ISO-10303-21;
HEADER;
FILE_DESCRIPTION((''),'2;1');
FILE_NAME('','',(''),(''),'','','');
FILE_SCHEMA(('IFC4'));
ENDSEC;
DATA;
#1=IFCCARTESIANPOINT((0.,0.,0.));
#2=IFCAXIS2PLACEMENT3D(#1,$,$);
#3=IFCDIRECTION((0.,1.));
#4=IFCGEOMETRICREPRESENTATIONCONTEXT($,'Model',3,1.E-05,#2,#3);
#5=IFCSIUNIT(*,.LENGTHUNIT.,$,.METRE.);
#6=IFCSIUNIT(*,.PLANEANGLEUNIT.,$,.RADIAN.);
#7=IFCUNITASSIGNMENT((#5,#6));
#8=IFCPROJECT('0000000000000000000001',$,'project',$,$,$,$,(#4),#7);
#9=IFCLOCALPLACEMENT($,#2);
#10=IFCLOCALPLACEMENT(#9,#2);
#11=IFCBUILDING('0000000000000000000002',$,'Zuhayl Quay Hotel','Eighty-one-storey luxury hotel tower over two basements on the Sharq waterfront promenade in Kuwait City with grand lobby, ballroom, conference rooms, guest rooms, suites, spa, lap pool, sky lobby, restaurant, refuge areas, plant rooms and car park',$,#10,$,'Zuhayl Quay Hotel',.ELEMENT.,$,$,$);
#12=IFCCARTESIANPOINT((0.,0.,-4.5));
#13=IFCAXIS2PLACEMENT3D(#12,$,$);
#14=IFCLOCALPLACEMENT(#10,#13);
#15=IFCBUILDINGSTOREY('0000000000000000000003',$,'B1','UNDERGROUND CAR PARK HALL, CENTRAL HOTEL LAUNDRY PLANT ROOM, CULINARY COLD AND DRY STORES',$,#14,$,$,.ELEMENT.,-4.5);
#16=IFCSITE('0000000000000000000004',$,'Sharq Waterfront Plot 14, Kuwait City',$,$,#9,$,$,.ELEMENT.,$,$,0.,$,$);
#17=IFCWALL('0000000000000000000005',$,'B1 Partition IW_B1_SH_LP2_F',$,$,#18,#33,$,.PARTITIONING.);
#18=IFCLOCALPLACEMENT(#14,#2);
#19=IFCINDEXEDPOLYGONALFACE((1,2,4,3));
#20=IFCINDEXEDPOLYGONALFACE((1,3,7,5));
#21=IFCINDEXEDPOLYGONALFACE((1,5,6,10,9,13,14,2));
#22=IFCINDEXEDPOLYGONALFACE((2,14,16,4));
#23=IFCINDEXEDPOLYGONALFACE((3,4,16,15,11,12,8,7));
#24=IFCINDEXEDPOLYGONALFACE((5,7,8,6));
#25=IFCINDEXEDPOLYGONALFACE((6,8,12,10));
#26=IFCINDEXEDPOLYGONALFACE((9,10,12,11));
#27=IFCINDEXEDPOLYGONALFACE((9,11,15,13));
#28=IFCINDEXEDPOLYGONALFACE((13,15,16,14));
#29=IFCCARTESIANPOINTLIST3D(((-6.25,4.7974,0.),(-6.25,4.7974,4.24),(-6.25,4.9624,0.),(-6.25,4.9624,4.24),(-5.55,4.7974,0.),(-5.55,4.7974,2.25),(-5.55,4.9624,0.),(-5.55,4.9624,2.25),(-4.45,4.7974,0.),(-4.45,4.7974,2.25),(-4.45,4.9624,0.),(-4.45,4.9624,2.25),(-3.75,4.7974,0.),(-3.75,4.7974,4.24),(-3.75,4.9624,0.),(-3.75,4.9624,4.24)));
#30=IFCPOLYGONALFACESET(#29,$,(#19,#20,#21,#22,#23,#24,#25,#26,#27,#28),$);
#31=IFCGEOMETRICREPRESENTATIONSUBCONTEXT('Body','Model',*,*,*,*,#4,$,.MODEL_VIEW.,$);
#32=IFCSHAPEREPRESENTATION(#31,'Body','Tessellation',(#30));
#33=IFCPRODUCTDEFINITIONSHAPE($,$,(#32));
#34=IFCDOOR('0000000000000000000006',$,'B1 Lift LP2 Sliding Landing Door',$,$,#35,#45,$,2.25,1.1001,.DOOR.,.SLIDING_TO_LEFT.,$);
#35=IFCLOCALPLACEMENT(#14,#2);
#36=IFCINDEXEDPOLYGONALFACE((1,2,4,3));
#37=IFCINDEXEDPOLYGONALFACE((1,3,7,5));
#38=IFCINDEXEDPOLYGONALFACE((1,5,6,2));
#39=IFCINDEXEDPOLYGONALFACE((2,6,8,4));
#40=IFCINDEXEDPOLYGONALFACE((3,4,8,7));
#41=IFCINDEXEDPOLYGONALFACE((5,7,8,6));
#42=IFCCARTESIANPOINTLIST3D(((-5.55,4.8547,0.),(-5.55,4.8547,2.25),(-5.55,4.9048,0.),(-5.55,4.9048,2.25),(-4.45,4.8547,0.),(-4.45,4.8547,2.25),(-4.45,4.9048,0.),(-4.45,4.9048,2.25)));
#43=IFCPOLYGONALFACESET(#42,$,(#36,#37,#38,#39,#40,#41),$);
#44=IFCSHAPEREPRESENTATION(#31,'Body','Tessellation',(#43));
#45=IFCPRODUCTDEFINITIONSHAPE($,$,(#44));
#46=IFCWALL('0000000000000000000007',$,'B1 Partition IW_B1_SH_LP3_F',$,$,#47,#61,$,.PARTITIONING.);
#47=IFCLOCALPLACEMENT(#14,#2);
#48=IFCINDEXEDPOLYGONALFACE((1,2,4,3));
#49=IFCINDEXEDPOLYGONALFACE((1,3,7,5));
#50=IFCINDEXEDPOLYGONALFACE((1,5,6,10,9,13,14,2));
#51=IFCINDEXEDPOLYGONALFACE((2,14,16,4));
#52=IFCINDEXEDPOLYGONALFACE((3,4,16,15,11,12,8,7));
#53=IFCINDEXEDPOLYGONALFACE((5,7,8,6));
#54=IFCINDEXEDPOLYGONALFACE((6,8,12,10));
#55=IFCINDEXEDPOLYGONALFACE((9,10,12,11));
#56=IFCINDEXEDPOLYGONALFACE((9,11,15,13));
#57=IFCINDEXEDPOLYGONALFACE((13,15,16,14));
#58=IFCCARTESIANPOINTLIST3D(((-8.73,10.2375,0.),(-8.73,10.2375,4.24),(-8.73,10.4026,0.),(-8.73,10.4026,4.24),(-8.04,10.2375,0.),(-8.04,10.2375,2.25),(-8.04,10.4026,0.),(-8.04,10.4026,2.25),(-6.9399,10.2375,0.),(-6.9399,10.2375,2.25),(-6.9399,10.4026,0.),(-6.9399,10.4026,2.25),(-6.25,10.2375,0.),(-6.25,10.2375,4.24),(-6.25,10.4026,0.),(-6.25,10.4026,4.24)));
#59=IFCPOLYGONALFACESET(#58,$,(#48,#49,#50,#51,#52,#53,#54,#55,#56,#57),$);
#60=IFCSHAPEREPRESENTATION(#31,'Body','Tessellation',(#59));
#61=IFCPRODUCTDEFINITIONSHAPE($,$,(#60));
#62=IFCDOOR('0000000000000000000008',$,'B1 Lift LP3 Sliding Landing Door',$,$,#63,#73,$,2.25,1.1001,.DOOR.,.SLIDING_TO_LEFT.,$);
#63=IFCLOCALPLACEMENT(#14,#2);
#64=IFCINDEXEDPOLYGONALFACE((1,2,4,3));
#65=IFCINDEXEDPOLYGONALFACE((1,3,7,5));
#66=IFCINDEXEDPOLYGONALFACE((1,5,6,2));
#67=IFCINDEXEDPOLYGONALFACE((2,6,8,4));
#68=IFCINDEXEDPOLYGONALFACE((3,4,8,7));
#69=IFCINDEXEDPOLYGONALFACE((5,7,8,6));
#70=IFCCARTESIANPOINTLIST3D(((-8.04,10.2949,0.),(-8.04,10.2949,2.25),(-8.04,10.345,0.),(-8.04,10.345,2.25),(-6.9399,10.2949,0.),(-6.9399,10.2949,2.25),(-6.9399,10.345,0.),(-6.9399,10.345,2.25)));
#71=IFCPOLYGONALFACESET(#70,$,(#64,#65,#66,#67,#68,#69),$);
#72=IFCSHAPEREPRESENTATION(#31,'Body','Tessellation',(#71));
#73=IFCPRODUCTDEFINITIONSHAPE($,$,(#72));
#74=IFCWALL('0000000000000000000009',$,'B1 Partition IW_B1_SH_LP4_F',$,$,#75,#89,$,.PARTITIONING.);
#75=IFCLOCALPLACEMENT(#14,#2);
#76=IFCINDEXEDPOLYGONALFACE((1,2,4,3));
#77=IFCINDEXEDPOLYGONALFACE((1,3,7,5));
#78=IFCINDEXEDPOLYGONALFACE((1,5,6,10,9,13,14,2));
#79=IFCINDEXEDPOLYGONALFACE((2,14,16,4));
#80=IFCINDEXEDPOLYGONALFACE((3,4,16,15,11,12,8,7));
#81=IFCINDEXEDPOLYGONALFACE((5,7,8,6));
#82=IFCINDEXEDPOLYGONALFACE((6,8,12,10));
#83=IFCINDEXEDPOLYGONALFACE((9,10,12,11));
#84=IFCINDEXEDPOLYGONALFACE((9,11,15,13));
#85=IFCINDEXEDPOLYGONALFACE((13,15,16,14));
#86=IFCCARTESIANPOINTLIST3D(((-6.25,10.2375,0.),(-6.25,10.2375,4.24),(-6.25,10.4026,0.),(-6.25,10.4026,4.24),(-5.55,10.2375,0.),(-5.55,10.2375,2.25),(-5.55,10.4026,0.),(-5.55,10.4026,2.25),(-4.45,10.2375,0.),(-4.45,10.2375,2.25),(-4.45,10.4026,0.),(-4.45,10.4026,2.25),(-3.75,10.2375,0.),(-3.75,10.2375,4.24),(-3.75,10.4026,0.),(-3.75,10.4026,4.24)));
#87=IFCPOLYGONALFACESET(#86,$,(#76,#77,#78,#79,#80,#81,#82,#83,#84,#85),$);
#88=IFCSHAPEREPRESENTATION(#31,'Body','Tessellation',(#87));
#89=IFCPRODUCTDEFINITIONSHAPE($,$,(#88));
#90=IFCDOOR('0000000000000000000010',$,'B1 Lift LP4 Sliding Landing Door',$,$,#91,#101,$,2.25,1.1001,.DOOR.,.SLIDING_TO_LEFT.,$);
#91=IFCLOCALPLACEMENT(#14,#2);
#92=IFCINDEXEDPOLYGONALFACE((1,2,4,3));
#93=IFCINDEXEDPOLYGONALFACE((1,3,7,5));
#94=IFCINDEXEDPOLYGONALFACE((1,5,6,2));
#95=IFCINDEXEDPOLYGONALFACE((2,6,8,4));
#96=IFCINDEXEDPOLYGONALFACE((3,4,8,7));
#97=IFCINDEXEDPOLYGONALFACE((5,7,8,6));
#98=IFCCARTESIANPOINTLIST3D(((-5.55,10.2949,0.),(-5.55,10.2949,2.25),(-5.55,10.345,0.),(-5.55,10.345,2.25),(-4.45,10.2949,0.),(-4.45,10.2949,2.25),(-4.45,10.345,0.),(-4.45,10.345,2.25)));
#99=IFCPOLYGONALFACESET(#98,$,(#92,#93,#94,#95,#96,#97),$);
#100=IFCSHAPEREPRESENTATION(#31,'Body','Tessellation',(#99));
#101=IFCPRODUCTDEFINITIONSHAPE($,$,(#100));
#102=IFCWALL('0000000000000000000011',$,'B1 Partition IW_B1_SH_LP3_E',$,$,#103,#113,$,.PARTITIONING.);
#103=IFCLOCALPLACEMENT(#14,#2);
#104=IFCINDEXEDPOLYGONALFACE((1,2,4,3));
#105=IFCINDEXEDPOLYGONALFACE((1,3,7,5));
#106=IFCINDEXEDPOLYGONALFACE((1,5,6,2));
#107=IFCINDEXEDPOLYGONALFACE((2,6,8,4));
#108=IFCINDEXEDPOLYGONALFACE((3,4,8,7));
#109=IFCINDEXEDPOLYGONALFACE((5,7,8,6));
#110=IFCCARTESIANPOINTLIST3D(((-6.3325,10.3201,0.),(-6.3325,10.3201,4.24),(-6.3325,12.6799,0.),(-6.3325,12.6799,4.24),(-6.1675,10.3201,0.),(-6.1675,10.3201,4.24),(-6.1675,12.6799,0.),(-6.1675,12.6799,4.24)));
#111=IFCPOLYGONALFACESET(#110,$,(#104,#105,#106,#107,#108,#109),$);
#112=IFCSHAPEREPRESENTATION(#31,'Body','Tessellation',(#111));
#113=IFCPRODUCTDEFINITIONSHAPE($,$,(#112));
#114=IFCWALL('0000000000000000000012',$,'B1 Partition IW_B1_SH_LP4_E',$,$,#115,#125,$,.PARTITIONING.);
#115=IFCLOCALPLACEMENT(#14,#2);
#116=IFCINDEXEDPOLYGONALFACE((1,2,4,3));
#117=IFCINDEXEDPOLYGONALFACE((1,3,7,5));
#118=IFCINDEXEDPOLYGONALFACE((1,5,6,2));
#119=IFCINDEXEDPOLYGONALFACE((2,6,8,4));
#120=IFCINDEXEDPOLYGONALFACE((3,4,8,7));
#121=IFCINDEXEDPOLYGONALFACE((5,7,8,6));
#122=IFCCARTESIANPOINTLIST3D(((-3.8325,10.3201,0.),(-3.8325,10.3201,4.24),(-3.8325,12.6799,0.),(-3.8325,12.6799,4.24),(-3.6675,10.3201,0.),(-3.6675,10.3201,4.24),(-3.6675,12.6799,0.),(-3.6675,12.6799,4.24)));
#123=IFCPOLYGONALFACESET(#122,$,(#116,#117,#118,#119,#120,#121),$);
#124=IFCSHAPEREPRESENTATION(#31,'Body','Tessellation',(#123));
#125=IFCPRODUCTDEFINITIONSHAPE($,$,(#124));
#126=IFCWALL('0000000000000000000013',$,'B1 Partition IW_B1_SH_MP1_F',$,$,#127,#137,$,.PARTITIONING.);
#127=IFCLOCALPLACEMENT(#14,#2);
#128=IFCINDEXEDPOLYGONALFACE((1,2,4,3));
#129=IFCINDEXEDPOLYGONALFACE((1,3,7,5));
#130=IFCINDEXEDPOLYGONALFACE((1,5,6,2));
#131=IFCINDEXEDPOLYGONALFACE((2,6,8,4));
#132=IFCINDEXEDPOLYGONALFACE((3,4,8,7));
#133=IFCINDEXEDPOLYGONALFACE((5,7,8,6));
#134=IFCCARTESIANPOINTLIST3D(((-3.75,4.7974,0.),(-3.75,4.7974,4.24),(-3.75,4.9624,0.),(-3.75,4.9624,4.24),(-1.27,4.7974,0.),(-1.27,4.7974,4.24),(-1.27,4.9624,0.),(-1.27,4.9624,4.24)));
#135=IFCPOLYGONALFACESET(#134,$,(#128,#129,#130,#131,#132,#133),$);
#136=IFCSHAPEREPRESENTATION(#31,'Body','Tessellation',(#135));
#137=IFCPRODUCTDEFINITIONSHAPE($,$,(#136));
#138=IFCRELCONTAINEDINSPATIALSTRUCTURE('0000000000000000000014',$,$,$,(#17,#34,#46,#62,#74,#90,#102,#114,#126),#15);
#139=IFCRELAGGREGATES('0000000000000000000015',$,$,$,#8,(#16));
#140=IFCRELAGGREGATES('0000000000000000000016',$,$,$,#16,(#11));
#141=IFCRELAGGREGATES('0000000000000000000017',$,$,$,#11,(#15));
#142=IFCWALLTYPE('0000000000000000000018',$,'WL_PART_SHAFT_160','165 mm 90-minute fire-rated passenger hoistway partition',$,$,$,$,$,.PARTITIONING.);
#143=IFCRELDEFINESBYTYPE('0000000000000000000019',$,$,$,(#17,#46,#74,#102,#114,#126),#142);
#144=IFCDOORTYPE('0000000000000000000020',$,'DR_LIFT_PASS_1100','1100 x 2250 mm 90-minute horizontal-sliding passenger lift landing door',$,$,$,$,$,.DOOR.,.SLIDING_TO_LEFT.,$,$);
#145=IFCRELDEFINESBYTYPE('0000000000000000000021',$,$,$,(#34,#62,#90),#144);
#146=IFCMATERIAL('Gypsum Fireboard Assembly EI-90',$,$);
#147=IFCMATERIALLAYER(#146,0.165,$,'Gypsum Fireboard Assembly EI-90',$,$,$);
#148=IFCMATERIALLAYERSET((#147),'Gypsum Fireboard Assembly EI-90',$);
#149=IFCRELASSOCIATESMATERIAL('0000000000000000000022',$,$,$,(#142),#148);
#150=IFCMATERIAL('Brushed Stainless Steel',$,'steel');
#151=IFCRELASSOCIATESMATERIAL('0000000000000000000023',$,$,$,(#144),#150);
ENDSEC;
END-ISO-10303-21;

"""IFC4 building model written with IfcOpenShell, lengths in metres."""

from ifc_helpers import new_model, si_unit, direction, frame, frame_2d, origin, place, context, subcontext, project, spatial, rectangle, extrude, material, layer, layer_set, type_object, element, fill, save


model = new_model("IFC4")

# Units and contexts
model_context = context("Model", 3, precision=1e-05, world=origin(), true_north=direction((0.0, 1.0)))
body_context = subcontext(model_context, "Body", "Model", "MODEL_VIEW")
ifc_project = project(units=[si_unit("LENGTHUNIT", "METRE"), si_unit("PLANEANGLEUNIT", "RADIAN")], contexts=[model_context])

# Site, building, storey
site_placement = place(None, origin())
site = spatial("IfcSite", under=ifc_project, at=site_placement, Name="Sharq Waterfront Plot 14, Kuwait City", CompositionType="ELEMENT", RefElevation=0.0)
building_placement = place(site_placement, origin())
building = spatial("IfcBuilding", under=site, at=building_placement, Name="Zuhayl Quay Hotel", Description="Eighty-one-storey luxury hotel tower over two basements on the Sharq waterfront promenade in Kuwait City with grand lobby, ballroom, conference rooms, guest rooms, suites, spa, lap pool, sky lobby, restaurant, refuge areas, plant rooms and car park", LongName="Zuhayl Quay Hotel", CompositionType="ELEMENT")
storey_placement = place(building_placement, frame((0.0, 0.0, -4.5)))
storey = spatial("IfcBuildingStorey", under=building, at=storey_placement, Name="B1", Description="UNDERGROUND CAR PARK HALL, CENTRAL HOTEL LAUNDRY PLANT ROOM, CULINARY COLD AND DRY STORES", CompositionType="ELEMENT", Elevation=-4.5)

# Walls, openings, doors
ifc_material_1 = material(Name="Gypsum Fireboard Assembly EI-90")
ifc_layer_1 = layer(ifc_material_1, 0.165, Name="Gypsum Fireboard Assembly EI-90")
ifc_layer_set_1 = layer_set([ifc_layer_1], Name="Gypsum Fireboard Assembly EI-90")
wall_type_1 = type_object("IfcWallType", Name="WL_PART_SHAFT_160", Description="165 mm 90-minute fire-rated passenger hoistway partition", PredefinedType="PARTITIONING", material=ifc_layer_set_1)
ifc_material_2 = material(Name="Brushed Stainless Steel", Category="steel")
door_type_1 = type_object("IfcDoorType", Name="DR_LIFT_PASS_1100", Description="1100 x 2250 mm 90-minute horizontal-sliding passenger lift landing door", OperationType="SLIDING_TO_LEFT", PredefinedType="DOOR", material=ifc_material_2)
wall_1_placement = place(storey_placement, frame((-6.25, 4.8799, 0.0), z_axis=(0.0, 0.0, 1.0), x_axis=(1.0, 0.0, 0.0)))
wall_1 = element("IfcWall", 1, at=wall_1_placement, inside=storey, type_object=wall_type_1, Name="B1 Partition IW_B1_SH_LP2_F", PredefinedType="PARTITIONING", context=body_context, shape_type="SweptSolid", body=[
    extrude(rectangle(XDim=2.5, YDim=0.165, at=frame_2d((1.25, 0.0))), origin(), (0.0, 0.0, 1.0), 4.24),
])
opening_1_placement = place(wall_1_placement, frame((0.7, 0.0, 0.0)))
opening_1 = element("IfcOpeningElement", 2, at=opening_1_placement, cuts=wall_1, PredefinedType="OPENING", context=body_context, shape_type="SweptSolid", body=[
    extrude(rectangle(XDim=1.1001, YDim=2.25, at=frame_2d((0.55, 1.125))), frame((0.0, 0.0925, 0.0), z_axis=(0.0, -1.0, 0.0), x_axis=(1.0, 0.0, 0.0)), (0.0, 0.0, 1.0), 0.1851),
])
door_1_placement = place(opening_1_placement, origin())
door_1 = element("IfcDoor", 3, at=door_1_placement, inside=storey, type_object=door_type_1, Name="B1 Lift LP2 Sliding Landing Door", OperationType="SLIDING_TO_LEFT", OverallHeight=2.25, OverallWidth=1.1001, PredefinedType="DOOR", context=body_context, shape_type="SweptSolid", body=[
    extrude(rectangle(XDim=1.1001, YDim=2.25, at=frame_2d((0.55, 1.125))), frame((0.0, 0.0249, 0.0), z_axis=(0.0, -1.0, 0.0), x_axis=(1.0, 0.0, 0.0)), (0.0, 0.0, 1.0), 0.05),
])
fill(opening_1, door_1)
wall_2_placement = place(storey_placement, frame((-8.73, 10.3201, 0.0), z_axis=(0.0, 0.0, 1.0), x_axis=(1.0, 0.0, 0.0)))
wall_2 = element("IfcWall", 4, at=wall_2_placement, inside=storey, type_object=wall_type_1, Name="B1 Partition IW_B1_SH_LP3_F", PredefinedType="PARTITIONING", context=body_context, shape_type="SweptSolid", body=[
    extrude(rectangle(XDim=2.48, YDim=0.165, at=frame_2d((1.24, 0.0))), origin(), (0.0, 0.0, 1.0), 4.24),
])
opening_2_placement = place(wall_2_placement, frame((0.6899, 0.0, 0.0)))
opening_2 = element("IfcOpeningElement", 5, at=opening_2_placement, cuts=wall_2, PredefinedType="OPENING", context=body_context, shape_type="SweptSolid", body=[
    extrude(rectangle(XDim=1.1001, YDim=2.25, at=frame_2d((0.55, 1.125))), frame((0.0, 0.0925, 0.0), z_axis=(0.0, -1.0, 0.0), x_axis=(1.0, 0.0, 0.0)), (0.0, 0.0, 1.0), 0.1851),
])
door_2_placement = place(opening_2_placement, origin())
door_2 = element("IfcDoor", 6, at=door_2_placement, inside=storey, type_object=door_type_1, Name="B1 Lift LP3 Sliding Landing Door", OperationType="SLIDING_TO_LEFT", OverallHeight=2.25, OverallWidth=1.1001, PredefinedType="DOOR", context=body_context, shape_type="SweptSolid", body=[
    extrude(rectangle(XDim=1.1001, YDim=2.25, at=frame_2d((0.55, 1.125))), frame((0.0, 0.0249, 0.0), z_axis=(0.0, -1.0, 0.0), x_axis=(1.0, 0.0, 0.0)), (0.0, 0.0, 1.0), 0.05),
])
fill(opening_2, door_2)
wall_3_placement = place(storey_placement, frame((-6.25, 10.3201, 0.0), z_axis=(0.0, 0.0, 1.0), x_axis=(1.0, 0.0, 0.0)))
wall_3 = element("IfcWall", 7, at=wall_3_placement, inside=storey, type_object=wall_type_1, Name="B1 Partition IW_B1_SH_LP4_F", PredefinedType="PARTITIONING", context=body_context, shape_type="SweptSolid", body=[
    extrude(rectangle(XDim=2.5, YDim=0.165, at=frame_2d((1.25, 0.0))), origin(), (0.0, 0.0, 1.0), 4.24),
])
opening_3_placement = place(wall_3_placement, frame((0.7, 0.0, 0.0)))
opening_3 = element("IfcOpeningElement", 8, at=opening_3_placement, cuts=wall_3, PredefinedType="OPENING", context=body_context, shape_type="SweptSolid", body=[
    extrude(rectangle(XDim=1.1001, YDim=2.25, at=frame_2d((0.55, 1.125))), frame((0.0, 0.0925, 0.0), z_axis=(0.0, -1.0, 0.0), x_axis=(1.0, 0.0, 0.0)), (0.0, 0.0, 1.0), 0.1851),
])
door_3_placement = place(opening_3_placement, origin())
door_3 = element("IfcDoor", 9, at=door_3_placement, inside=storey, type_object=door_type_1, Name="B1 Lift LP4 Sliding Landing Door", OperationType="SLIDING_TO_LEFT", OverallHeight=2.25, OverallWidth=1.1001, PredefinedType="DOOR", context=body_context, shape_type="SweptSolid", body=[
    extrude(rectangle(XDim=1.1001, YDim=2.25, at=frame_2d((0.55, 1.125))), frame((0.0, 0.0249, 0.0), z_axis=(0.0, -1.0, 0.0), x_axis=(1.0, 0.0, 0.0)), (0.0, 0.0, 1.0), 0.05),
])
fill(opening_3, door_3)

# Walls
for number, where, z_axis, x_axis, name in (
    (10, (-6.25, 10.3201, 0.0), (0.0, 0.0, 1.0), (0.0, 1.0, 0.0), "B1 Partition IW_B1_SH_LP3_E"),
    (11, (-3.75, 10.3201, 0.0), (0.0, 0.0, 1.0), (0.0, 1.0, 0.0), "B1 Partition IW_B1_SH_LP4_E"),
):
    element("IfcWall", number, at=place(storey_placement, frame(where, z_axis=z_axis, x_axis=x_axis)), inside=storey, type_object=wall_type_1, Name=name, PredefinedType="PARTITIONING", context=body_context, shape_type="SweptSolid", body=[
        extrude(rectangle(XDim=2.3599, YDim=0.165, at=frame_2d((1.1799, 0.0))), origin(), (0.0, 0.0, 1.0), 4.24),
    ])
wall_4_placement = place(storey_placement, frame((-3.75, 4.8799, 0.0), z_axis=(0.0, 0.0, 1.0), x_axis=(1.0, 0.0, 0.0)))
element("IfcWall", 12, at=wall_4_placement, inside=storey, type_object=wall_type_1, Name="B1 Partition IW_B1_SH_MP1_F", PredefinedType="PARTITIONING", context=body_context, shape_type="SweptSolid", body=[
    extrude(rectangle(XDim=2.48, YDim=0.165, at=frame_2d((1.24, 0.0))), origin(), (0.0, 0.0, 1.0), 4.24),
])

save(model, "model.ifc")
